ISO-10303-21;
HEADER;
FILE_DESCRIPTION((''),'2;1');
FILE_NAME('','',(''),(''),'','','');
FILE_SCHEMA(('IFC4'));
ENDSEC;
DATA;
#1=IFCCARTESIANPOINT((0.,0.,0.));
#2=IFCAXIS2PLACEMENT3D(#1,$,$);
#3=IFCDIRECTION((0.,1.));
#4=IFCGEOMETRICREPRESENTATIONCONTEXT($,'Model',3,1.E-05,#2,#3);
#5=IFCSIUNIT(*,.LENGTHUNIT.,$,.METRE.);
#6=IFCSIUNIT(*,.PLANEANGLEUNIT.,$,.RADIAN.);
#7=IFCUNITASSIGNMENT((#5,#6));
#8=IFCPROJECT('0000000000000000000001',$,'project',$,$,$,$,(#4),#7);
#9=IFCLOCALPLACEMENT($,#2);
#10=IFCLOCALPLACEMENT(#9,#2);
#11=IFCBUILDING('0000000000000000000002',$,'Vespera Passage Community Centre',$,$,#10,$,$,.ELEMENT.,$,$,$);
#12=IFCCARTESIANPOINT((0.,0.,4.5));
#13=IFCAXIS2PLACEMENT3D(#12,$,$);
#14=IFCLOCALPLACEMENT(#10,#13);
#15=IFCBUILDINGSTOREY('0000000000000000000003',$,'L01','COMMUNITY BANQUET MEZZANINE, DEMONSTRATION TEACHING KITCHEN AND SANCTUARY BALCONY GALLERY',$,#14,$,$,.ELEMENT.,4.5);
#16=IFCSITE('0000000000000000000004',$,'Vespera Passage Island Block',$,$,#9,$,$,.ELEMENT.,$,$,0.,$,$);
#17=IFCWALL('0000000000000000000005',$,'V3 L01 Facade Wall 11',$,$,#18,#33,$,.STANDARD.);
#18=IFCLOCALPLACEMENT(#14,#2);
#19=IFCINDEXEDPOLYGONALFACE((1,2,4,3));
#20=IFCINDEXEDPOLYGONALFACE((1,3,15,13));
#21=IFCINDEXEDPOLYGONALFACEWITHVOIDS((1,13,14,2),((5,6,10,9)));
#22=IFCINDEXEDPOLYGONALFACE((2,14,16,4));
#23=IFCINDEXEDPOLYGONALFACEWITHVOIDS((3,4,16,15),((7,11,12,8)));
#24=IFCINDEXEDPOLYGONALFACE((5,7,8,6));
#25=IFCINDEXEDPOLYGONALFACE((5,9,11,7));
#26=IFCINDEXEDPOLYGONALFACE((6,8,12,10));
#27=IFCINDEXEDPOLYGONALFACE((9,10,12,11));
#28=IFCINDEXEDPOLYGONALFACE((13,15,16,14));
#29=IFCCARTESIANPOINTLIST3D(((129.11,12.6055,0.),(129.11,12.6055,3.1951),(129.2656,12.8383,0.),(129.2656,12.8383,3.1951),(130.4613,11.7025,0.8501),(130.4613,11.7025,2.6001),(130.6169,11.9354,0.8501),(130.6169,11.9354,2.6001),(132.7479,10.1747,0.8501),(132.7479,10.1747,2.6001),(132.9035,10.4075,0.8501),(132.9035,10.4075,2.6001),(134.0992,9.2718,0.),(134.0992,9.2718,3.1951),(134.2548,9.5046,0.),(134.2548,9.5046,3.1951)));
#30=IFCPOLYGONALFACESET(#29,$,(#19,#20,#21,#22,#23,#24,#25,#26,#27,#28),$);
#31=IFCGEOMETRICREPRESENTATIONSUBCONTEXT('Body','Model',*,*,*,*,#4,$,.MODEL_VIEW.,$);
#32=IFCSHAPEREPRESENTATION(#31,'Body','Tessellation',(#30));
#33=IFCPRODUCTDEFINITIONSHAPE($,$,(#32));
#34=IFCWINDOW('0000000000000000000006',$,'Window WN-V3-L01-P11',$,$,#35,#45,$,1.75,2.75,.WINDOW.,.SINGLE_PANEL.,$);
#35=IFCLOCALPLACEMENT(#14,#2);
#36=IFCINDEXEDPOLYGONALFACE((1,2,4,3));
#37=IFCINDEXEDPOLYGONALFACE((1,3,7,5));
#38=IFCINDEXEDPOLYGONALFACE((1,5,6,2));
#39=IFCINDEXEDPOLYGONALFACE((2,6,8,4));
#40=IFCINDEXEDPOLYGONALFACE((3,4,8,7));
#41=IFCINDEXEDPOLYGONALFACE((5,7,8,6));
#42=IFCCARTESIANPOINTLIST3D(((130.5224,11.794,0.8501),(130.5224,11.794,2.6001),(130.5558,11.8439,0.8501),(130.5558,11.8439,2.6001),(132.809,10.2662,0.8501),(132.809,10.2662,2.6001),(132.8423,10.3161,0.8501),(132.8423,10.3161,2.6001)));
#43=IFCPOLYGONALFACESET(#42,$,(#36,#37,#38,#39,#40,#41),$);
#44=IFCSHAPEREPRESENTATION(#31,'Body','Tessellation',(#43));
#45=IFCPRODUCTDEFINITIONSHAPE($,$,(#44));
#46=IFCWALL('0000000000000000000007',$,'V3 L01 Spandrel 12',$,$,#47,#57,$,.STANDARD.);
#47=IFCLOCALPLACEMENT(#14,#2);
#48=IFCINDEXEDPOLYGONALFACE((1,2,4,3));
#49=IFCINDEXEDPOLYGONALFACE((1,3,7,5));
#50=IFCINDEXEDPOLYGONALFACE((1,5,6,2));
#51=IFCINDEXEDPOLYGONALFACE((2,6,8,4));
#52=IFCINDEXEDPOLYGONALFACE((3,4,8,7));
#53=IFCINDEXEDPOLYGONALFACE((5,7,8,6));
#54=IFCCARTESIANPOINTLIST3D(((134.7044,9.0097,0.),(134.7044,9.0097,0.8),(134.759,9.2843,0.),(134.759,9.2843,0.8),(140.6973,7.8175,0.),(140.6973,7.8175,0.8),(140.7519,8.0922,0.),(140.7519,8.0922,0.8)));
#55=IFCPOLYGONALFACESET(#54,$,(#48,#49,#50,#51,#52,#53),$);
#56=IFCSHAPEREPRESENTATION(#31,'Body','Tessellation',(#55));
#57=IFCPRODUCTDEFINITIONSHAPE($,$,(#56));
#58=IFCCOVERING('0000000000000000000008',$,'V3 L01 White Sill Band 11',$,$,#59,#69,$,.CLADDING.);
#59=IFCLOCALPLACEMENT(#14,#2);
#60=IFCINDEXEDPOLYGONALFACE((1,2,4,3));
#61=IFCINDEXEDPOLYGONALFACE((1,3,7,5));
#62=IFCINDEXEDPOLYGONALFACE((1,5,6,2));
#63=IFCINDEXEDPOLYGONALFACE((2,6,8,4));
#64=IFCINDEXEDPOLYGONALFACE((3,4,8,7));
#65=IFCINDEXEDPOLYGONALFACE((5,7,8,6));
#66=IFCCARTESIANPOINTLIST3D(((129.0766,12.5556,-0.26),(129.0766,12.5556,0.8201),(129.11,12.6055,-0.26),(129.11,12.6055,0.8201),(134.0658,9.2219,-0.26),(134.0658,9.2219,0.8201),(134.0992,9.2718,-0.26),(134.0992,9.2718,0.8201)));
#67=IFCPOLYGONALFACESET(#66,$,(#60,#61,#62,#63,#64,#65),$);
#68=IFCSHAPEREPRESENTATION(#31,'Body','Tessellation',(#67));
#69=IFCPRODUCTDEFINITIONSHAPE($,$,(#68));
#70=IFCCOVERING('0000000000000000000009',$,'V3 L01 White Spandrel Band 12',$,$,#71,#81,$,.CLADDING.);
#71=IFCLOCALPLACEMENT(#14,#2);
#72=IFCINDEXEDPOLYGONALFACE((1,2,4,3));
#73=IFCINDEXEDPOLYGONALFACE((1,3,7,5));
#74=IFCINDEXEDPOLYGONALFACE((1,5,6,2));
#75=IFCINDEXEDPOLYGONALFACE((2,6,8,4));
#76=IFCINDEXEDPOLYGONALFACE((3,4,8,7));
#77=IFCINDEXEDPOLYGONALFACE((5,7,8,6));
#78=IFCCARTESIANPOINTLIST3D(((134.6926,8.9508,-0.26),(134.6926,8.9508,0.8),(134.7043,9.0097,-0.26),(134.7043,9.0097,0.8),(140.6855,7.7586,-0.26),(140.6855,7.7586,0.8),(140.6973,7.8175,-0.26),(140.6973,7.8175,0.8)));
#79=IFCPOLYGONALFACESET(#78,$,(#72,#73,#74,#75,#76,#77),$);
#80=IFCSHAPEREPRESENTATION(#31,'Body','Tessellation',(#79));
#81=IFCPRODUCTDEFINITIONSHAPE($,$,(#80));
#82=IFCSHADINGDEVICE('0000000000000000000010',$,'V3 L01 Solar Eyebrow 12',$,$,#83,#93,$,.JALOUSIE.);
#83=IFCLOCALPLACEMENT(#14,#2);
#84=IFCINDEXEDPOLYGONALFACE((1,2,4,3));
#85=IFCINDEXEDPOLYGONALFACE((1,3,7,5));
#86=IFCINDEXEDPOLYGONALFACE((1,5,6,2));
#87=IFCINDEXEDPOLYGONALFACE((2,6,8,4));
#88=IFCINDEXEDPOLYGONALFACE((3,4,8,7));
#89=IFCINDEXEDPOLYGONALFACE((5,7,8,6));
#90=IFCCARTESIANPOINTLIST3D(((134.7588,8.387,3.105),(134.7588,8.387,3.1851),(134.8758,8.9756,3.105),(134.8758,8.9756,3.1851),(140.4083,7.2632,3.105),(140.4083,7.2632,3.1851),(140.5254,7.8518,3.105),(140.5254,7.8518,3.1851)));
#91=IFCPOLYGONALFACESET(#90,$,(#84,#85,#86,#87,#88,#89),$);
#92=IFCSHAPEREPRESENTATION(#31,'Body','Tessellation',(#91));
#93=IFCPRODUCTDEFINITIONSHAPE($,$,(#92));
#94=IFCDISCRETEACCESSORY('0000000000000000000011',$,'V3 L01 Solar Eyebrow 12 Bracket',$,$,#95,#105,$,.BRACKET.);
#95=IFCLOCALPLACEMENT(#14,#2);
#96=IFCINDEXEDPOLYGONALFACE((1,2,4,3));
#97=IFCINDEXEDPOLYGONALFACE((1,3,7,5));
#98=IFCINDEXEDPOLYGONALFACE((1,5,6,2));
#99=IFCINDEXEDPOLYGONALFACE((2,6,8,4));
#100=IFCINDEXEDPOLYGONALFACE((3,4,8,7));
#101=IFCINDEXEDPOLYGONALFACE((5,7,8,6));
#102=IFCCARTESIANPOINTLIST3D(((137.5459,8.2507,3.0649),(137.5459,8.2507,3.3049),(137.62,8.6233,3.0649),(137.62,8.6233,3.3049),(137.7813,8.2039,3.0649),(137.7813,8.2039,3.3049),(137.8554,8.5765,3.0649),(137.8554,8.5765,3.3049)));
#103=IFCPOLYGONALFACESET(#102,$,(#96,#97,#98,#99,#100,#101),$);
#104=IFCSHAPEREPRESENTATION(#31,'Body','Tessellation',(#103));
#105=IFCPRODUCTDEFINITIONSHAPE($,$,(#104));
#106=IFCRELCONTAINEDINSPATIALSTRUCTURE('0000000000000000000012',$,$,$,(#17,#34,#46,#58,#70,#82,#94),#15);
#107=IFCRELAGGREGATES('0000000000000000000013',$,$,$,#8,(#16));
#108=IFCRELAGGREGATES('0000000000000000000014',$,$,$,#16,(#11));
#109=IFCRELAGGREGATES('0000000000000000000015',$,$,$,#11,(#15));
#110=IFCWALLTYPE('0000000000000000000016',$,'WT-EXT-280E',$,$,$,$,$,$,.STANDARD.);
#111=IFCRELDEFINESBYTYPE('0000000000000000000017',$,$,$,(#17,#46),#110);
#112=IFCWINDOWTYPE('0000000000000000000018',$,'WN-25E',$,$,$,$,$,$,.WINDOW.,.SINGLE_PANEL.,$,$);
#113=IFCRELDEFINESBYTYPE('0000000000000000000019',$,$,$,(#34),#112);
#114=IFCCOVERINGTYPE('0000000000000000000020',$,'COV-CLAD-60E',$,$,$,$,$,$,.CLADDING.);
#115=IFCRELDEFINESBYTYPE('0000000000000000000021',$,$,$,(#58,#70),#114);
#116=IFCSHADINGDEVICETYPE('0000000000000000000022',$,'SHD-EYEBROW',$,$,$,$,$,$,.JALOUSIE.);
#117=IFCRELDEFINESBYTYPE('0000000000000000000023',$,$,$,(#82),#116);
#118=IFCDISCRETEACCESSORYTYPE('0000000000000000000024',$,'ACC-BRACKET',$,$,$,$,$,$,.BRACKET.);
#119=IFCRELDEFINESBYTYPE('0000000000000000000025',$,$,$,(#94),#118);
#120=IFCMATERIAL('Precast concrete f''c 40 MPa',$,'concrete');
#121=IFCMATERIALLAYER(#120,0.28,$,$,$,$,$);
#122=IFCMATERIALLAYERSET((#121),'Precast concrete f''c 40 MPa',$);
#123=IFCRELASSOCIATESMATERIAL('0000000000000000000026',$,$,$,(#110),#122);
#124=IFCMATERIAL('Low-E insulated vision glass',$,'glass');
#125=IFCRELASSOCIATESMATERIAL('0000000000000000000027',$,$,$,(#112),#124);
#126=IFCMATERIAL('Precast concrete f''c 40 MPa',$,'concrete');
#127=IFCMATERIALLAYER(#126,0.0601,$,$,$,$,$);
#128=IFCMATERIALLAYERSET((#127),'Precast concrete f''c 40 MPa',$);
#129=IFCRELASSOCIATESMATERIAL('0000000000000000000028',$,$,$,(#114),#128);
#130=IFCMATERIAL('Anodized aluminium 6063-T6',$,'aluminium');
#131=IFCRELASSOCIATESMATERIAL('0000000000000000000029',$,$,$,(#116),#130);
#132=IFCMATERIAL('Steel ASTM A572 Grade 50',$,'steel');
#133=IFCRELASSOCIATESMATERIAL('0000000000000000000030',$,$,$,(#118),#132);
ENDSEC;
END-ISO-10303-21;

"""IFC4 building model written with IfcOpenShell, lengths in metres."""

from ifc_helpers import new_model, si_unit, direction, frame, frame_2d, origin, origin_2d, place, context, subcontext, project, spatial, rectangle, extrude, material, layer, layer_set, type_object, element, fill, save


model = new_model("IFC4")

# Units and contexts
model_context = context("Model", 3, precision=1e-05, world=origin(), true_north=direction((0.0, 1.0)))
body_context = subcontext(model_context, "Body", "Model", "MODEL_VIEW")
ifc_project = project(units=[si_unit("LENGTHUNIT", "METRE"), si_unit("PLANEANGLEUNIT", "RADIAN")], contexts=[model_context])

# Site, building, storey
site_placement = place(None, origin())
site = spatial("IfcSite", under=ifc_project, at=site_placement, Name="Vespera Passage Island Block", CompositionType="ELEMENT", RefElevation=0.0)
building_placement = place(site_placement, origin())
building = spatial("IfcBuilding", under=site, at=building_placement, Name="Vespera Passage Community Centre", CompositionType="ELEMENT")
storey_placement = place(building_placement, frame((0.0, 0.0, 4.5)))
storey = spatial("IfcBuildingStorey", under=building, at=storey_placement, Name="L01", Description="COMMUNITY BANQUET MEZZANINE, DEMONSTRATION TEACHING KITCHEN AND SANCTUARY BALCONY GALLERY", CompositionType="ELEMENT", Elevation=4.5)

# Shared definitions
ifc_material_1 = material(Name="Precast concrete f'c 40 MPa", Category="concrete")
ifc_layer_1 = layer(ifc_material_1, 0.28)
ifc_layer_set_1 = layer_set([ifc_layer_1], Name="Precast concrete f'c 40 MPa")
wall_type = type_object("IfcWallType", Name="WT-EXT-280E", PredefinedType="STANDARD", material=ifc_layer_set_1)

# Wall, opening, window
wall_1_placement = place(storey_placement, frame((134.177, 9.3882, 0.0), z_axis=(0.0, 0.0, 1.0), x_axis=(-0.831468, 0.555573, 0.0)))
wall_1 = element("IfcWall", 1, at=wall_1_placement, inside=storey, type_object=wall_type, Name="V3 L01 Facade Wall 11", PredefinedType="STANDARD", context=body_context, shape_type="SweptSolid", body=[
    extrude(rectangle(XDim=6.0005, YDim=0.28, at=frame_2d((3.0002, 0.0))), origin(), (0.0, 0.0, 1.0), 3.1951),
])
opening_placement = place(wall_1_placement, frame((1.6252, 0.0, 0.8501)))
opening = element("IfcOpeningElement", 2, at=opening_placement, cuts=wall_1, PredefinedType="OPENING", context=body_context, shape_type="SweptSolid", body=[
    extrude(rectangle(XDim=2.75, YDim=1.75, at=frame_2d((1.375, 0.875))), frame((0.0, 0.1501, 0.0), z_axis=(0.0, -1.0, 0.0), x_axis=(1.0, 0.0, 0.0)), (0.0, 0.0, 1.0), 0.3),
])
ifc_material_2 = material(Name="Low-E insulated vision glass", Category="glass")
window_type = type_object("IfcWindowType", Name="WN-25E", PartitioningType="SINGLE_PANEL", PredefinedType="WINDOW", material=ifc_material_2)
window_placement = place(opening_placement, origin())
window = element("IfcWindow", 3, at=window_placement, inside=storey, type_object=window_type, Name="Window WN-V3-L01-P11", OverallHeight=1.75, OverallWidth=2.75, PartitioningType="SINGLE_PANEL", PredefinedType="WINDOW", context=body_context, shape_type="SweptSolid", body=[
    extrude(rectangle(XDim=2.75, YDim=1.75, at=frame_2d((1.375, 0.875))), frame((0.0, 0.03, 0.0), z_axis=(0.0, -1.0, 0.0), x_axis=(1.0, 0.0, 0.0)), (0.0, 0.0, 1.0), 0.0601),
])
fill(opening, window)

# Wall
wall_2_placement = place(storey_placement, frame((140.7246, 7.9548, 0.0), z_axis=(0.0, 0.0, 1.0), x_axis=(-0.980783, 0.195102, 0.0)))
element("IfcWall", 4, at=wall_2_placement, inside=storey, type_object=wall_type, Name="V3 L01 Spandrel 12", PredefinedType="STANDARD", context=body_context, shape_type="SweptSolid", body=[
    extrude(rectangle(XDim=6.1104, YDim=0.28, at=frame_2d((3.0552, 0.0))), origin(), (0.0, 0.0, 1.0), 0.8),
])

# Coverings
ifc_material_3 = material(Name="Precast concrete f'c 40 MPa", Category="concrete")
ifc_layer_2 = layer(ifc_material_3, 0.0601)
ifc_layer_set_2 = layer_set([ifc_layer_2], Name="Precast concrete f'c 40 MPa")
covering_type = type_object("IfcCoveringType", Name="COV-CLAD-60E", PredefinedType="CLADDING", material=ifc_layer_set_2)
covering_1_placement = place(storey_placement, frame((134.0825, 9.2468, -0.26), z_axis=(0.0, 0.0, 1.0), x_axis=(-0.831468, 0.555573, 0.0)))
element("IfcCovering", 5, at=covering_1_placement, inside=storey, type_object=covering_type, Name="V3 L01 White Sill Band 11", PredefinedType="CLADDING", context=body_context, shape_type="SweptSolid", body=[
    extrude(rectangle(XDim=6.0005, YDim=0.0601, at=frame_2d((3.0002, 0.0))), origin(), (0.0, 0.0, 1.0), 1.0801),
])
covering_2_placement = place(storey_placement, frame((140.6914, 7.7881, -0.26), z_axis=(0.0, 0.0, 1.0), x_axis=(-0.980783, 0.195102, 0.0)))
element("IfcCovering", 6, at=covering_2_placement, inside=storey, type_object=covering_type, Name="V3 L01 White Spandrel Band 12", PredefinedType="CLADDING", context=body_context, shape_type="SweptSolid", body=[
    extrude(rectangle(XDim=6.1104, YDim=0.0601, at=frame_2d((3.0552, 0.0))), origin(), (0.0, 0.0, 1.0), 1.0601),
])

# Shading device
ifc_material_4 = material(Name="Anodized aluminium 6063-T6", Category="aluminium")
shading_device_type = type_object("IfcShadingDeviceType", Name="SHD-EYEBROW", PredefinedType="JALOUSIE", material=ifc_material_4)
shading_device_placement = place(storey_placement, frame((137.6421, 8.1194, 3.105), z_axis=(0.0, 0.0, 1.0), x_axis=(-0.980785, 0.19509, 0.0)))
element("IfcShadingDevice", 7, at=shading_device_placement, inside=storey, type_object=shading_device_type, Name="V3 L01 Solar Eyebrow 12", PredefinedType="JALOUSIE", context=body_context, shape_type="SweptSolid", body=[
    extrude(rectangle(XDim=5.7603, YDim=0.6001, at=origin_2d()), origin(), (0.0, 0.0, 1.0), 0.0801),
])

# Discrete accessory
ifc_material_5 = material(Name="Steel ASTM A572 Grade 50", Category="steel")
discrete_accessory_type = type_object("IfcDiscreteAccessoryType", Name="ACC-BRACKET", PredefinedType="BRACKET", material=ifc_material_5)
discrete_accessory_placement = place(storey_placement, frame((137.7007, 8.4136, 3.0649), z_axis=(0.0, 0.0, 1.0), x_axis=(-0.980785, 0.19509, 0.0)))
element("IfcDiscreteAccessory", 8, at=discrete_accessory_placement, inside=storey, type_object=discrete_accessory_type, Name="V3 L01 Solar Eyebrow 12 Bracket", PredefinedType="BRACKET", context=body_context, shape_type="SweptSolid", body=[
    extrude(rectangle(XDim=0.24, YDim=0.3799, at=origin_2d()), origin(), (0.0, 0.0, 1.0), 0.24),
])

save(model, "model.ifc")
